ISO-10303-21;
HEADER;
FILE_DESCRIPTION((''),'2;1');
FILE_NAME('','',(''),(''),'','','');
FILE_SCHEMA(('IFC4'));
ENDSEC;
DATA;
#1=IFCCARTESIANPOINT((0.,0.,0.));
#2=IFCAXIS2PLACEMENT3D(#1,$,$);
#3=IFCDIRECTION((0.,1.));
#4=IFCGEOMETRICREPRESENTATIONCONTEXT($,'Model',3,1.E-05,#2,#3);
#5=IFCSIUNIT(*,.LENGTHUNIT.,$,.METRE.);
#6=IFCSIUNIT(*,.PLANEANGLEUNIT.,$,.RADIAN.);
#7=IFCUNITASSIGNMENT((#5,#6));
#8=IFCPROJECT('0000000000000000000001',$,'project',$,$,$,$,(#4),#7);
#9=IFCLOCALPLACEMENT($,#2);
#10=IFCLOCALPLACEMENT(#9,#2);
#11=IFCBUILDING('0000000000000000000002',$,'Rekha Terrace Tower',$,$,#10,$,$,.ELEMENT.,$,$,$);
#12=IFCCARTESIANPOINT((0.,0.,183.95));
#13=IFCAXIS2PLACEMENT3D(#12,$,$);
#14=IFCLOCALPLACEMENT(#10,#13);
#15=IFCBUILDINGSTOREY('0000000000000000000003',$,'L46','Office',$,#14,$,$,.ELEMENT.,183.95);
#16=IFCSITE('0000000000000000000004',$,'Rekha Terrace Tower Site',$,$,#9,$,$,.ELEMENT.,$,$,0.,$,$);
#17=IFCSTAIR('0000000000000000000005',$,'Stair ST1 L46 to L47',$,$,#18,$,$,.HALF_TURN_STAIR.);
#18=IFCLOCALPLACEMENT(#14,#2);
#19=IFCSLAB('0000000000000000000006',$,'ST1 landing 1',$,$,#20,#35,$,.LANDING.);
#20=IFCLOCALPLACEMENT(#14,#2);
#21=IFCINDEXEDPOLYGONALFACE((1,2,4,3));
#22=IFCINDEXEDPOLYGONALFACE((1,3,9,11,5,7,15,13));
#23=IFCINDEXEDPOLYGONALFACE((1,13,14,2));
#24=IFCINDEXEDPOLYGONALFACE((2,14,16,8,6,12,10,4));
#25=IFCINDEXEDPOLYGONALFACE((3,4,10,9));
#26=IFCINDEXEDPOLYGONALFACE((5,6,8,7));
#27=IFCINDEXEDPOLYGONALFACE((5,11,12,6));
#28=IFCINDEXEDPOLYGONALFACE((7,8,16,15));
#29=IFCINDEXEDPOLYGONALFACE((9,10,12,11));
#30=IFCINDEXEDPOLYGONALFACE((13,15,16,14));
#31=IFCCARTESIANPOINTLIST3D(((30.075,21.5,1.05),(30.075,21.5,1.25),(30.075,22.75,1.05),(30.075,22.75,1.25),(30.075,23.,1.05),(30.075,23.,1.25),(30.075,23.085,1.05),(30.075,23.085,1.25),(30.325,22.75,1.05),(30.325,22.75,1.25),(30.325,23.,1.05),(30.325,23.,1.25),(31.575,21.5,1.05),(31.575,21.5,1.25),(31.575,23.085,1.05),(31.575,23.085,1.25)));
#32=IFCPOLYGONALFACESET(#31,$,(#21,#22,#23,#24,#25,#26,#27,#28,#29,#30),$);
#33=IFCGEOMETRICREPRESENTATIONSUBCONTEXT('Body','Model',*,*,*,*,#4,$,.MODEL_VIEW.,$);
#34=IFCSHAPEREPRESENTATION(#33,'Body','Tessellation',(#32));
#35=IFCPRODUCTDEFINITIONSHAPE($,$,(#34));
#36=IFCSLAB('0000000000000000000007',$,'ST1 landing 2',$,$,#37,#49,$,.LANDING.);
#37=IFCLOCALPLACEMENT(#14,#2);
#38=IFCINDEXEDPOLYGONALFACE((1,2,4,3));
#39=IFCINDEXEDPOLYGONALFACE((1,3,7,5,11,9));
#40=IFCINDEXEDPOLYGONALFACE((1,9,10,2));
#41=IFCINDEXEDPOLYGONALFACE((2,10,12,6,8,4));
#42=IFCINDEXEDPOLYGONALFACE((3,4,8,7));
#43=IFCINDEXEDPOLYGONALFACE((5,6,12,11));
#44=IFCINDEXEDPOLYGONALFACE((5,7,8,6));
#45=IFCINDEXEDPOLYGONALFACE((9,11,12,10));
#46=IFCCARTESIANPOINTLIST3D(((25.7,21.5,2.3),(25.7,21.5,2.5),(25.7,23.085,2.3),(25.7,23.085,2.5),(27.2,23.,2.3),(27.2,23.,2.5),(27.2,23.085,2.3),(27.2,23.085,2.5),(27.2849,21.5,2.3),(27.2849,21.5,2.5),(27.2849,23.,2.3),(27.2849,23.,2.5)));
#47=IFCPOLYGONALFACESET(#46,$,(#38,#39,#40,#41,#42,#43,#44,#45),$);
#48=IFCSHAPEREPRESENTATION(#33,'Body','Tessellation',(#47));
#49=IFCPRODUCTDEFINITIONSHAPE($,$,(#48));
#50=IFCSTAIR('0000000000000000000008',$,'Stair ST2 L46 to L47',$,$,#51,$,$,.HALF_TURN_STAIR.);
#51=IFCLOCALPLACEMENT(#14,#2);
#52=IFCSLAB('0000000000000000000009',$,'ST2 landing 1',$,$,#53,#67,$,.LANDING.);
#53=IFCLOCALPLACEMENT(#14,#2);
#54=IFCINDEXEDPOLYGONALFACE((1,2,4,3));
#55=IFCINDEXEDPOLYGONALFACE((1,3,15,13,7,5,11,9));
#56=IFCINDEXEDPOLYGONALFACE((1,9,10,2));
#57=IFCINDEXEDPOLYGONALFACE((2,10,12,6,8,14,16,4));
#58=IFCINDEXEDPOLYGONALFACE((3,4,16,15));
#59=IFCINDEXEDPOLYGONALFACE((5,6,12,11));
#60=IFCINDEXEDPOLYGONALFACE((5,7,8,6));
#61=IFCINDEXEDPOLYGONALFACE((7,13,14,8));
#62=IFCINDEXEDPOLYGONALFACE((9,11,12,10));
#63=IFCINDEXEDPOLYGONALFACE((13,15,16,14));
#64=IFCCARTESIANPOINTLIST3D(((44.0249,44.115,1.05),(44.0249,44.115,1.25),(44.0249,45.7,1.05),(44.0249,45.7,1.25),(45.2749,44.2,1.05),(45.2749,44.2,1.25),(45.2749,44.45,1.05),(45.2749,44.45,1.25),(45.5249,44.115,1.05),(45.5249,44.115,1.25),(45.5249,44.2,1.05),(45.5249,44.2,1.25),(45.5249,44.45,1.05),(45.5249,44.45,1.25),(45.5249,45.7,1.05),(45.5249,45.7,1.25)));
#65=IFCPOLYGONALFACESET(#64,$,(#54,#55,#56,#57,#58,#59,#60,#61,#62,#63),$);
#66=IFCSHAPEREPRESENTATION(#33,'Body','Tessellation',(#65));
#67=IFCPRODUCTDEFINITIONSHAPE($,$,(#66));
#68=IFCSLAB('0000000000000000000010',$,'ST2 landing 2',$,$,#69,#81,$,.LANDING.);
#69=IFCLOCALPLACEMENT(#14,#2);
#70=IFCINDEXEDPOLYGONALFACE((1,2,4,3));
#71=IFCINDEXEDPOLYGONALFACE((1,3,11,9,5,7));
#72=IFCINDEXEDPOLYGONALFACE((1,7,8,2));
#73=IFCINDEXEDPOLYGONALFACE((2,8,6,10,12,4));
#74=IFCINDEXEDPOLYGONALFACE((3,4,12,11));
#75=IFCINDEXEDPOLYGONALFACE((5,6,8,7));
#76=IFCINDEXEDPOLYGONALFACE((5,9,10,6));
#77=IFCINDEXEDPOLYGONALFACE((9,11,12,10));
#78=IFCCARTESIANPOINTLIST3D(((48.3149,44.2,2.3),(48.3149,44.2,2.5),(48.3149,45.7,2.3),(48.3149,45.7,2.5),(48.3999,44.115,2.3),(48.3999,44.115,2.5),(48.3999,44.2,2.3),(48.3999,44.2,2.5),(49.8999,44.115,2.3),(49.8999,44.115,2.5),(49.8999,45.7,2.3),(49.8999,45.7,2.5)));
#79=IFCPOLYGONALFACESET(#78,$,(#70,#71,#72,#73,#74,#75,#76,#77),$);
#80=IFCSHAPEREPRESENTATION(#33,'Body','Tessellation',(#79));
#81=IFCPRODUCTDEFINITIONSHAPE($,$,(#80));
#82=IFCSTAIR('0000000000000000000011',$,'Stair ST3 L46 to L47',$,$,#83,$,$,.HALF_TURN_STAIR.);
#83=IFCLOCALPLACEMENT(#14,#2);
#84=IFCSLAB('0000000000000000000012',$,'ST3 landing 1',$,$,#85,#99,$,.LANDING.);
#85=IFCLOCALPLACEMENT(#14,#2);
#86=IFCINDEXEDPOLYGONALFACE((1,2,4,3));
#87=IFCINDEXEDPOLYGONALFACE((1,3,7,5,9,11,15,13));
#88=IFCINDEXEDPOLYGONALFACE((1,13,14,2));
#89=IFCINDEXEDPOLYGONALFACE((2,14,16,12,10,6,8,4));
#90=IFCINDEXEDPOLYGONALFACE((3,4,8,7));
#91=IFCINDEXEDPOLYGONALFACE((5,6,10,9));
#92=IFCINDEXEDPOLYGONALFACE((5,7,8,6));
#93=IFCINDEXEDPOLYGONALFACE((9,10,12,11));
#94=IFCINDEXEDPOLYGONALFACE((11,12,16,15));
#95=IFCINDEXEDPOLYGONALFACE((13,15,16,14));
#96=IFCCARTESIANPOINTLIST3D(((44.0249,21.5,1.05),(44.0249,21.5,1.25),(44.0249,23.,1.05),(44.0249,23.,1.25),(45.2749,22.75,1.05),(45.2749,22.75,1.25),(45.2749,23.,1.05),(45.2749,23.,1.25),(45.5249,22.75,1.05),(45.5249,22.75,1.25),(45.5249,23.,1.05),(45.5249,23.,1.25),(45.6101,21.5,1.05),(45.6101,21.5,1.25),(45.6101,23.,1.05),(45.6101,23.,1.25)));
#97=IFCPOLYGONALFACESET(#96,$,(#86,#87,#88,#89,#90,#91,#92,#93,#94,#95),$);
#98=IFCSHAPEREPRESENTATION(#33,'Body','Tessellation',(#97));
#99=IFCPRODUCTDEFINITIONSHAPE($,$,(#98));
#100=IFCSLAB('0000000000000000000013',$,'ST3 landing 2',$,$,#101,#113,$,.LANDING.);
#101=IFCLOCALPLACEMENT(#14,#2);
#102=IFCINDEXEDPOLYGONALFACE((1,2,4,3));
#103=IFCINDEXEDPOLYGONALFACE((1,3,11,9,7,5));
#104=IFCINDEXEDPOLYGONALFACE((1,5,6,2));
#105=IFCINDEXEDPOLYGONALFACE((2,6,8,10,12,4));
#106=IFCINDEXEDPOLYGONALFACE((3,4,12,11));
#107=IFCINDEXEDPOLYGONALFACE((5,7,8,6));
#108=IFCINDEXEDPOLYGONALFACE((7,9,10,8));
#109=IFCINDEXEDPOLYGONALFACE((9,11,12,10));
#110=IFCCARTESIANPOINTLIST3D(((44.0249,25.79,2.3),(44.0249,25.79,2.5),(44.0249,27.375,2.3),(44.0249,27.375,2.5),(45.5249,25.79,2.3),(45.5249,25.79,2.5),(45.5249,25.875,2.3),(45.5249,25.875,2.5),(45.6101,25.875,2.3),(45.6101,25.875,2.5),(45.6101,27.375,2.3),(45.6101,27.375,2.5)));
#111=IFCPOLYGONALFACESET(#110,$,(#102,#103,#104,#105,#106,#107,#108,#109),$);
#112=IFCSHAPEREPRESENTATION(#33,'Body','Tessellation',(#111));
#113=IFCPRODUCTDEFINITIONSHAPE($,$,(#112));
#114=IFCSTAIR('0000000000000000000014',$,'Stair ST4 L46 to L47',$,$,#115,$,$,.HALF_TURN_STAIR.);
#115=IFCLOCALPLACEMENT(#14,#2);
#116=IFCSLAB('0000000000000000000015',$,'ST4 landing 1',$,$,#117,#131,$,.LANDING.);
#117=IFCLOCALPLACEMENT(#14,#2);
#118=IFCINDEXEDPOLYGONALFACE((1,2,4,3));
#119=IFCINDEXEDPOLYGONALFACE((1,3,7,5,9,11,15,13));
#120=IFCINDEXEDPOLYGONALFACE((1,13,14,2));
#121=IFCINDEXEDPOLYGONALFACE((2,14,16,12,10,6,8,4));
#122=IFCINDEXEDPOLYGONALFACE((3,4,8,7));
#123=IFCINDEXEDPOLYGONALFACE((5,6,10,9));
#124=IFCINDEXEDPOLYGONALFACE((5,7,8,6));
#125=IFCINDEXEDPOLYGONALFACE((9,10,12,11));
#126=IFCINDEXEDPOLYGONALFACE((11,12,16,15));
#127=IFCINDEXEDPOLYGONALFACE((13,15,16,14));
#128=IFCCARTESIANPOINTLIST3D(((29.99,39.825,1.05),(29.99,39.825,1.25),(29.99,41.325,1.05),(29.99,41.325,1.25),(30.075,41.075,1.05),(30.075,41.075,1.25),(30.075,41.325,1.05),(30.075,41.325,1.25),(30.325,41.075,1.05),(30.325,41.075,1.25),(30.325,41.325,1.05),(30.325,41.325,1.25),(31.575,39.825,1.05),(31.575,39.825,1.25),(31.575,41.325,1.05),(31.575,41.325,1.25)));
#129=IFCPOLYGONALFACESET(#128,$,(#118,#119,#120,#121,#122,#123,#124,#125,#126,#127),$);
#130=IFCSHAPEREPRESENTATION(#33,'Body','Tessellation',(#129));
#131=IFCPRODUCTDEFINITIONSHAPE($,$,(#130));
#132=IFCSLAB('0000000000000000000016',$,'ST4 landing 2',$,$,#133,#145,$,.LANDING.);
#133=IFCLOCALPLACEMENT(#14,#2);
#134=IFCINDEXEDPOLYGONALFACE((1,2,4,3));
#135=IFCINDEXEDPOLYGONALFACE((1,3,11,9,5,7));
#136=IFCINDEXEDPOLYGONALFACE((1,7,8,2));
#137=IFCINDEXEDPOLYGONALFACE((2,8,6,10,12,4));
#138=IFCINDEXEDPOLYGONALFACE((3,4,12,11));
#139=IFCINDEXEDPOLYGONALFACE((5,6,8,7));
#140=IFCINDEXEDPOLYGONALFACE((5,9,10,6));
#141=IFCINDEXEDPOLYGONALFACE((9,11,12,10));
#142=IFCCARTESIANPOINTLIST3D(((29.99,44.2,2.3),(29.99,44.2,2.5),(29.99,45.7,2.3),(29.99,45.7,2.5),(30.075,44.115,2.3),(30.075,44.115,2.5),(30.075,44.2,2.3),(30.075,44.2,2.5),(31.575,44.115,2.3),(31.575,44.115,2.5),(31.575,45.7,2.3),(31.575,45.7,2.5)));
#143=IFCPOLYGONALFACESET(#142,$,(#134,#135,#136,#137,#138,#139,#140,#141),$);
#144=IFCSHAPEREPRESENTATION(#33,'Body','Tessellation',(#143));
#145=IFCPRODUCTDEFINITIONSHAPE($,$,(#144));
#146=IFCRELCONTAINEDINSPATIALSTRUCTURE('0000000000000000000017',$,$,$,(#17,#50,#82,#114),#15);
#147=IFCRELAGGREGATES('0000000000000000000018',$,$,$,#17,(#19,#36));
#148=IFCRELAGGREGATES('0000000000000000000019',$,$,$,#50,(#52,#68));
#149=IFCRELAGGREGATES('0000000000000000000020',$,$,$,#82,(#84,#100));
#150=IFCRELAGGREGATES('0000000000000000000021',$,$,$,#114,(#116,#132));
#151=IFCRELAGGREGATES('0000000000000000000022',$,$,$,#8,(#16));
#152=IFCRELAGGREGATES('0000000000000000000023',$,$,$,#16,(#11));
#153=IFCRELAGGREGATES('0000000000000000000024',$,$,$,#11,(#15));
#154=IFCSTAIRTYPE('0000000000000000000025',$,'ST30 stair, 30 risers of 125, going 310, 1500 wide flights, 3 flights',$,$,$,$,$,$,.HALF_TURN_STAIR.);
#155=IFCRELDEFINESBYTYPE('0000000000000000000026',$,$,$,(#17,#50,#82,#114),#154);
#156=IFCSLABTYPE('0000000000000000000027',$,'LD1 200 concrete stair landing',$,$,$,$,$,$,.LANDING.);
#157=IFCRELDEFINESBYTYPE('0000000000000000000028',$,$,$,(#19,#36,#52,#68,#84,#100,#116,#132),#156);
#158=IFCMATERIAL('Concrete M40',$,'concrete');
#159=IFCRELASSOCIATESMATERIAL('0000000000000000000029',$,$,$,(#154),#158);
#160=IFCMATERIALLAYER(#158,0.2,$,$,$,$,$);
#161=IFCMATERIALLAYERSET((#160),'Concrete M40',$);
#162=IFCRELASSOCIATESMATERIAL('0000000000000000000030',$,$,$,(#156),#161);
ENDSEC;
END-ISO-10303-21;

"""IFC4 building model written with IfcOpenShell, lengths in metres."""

from ifc_helpers import new_model, si_unit, direction, frame, origin, place, context, subcontext, project, spatial, polyline, outline, extrude, material, layer, layer_set, type_object, element, aggregate, save


model = new_model("IFC4")

# Units and contexts
model_context = context("Model", 3, precision=1e-05, world=origin(), true_north=direction((0.0, 1.0)))
body_context = subcontext(model_context, "Body", "Model", "MODEL_VIEW")
ifc_project = project(units=[si_unit("LENGTHUNIT", "METRE"), si_unit("PLANEANGLEUNIT", "RADIAN")], contexts=[model_context])

# Site, building, storey
site_placement = place(None, origin())
site = spatial("IfcSite", under=ifc_project, at=site_placement, Name="Rekha Terrace Tower Site", CompositionType="ELEMENT", RefElevation=0.0)
building_placement = place(site_placement, origin())
building = spatial("IfcBuilding", under=site, at=building_placement, Name="Rekha Terrace Tower", CompositionType="ELEMENT")
storey_placement = place(building_placement, frame((0.0, 0.0, 183.95)))
storey = spatial("IfcBuildingStorey", under=building, at=storey_placement, Name="L46", Description="Office", CompositionType="ELEMENT", Elevation=183.95)

# Stairs, slabs
ifc_material_1 = material(Name="Concrete M40", Category="concrete")
stair_type = type_object("IfcStairType", Name="ST30 stair, 30 risers of 125, going 310, 1500 wide flights, 3 flights", PredefinedType="HALF_TURN_STAIR", material=ifc_material_1)
stair_1_placement = place(storey_placement, origin())
stair_1 = element("IfcStair", 1, at=stair_1_placement, inside=storey, type_object=stair_type, Name="Stair ST1 L46 to L47", PredefinedType="HALF_TURN_STAIR")
ifc_layer_1 = layer(ifc_material_1, 0.2)
ifc_layer_set_1 = layer_set([ifc_layer_1], Name="Concrete M40")
slab_type_1 = type_object("IfcSlabType", Name="LD1 200 concrete stair landing", PredefinedType="LANDING", material=ifc_layer_set_1)
slab_1_placement = place(storey_placement, frame((0.0, 0.0, 1.05)))
slab_1 = element("IfcSlab", 2, at=slab_1_placement, type_object=slab_type_1, Name="ST1 landing 1", PredefinedType="LANDING", context=body_context, shape_type="SweptSolid", body=[
    extrude(outline(polyline([(30.075, 21.5), (31.575, 21.5), (31.575, 23.085), (30.075, 23.085), (30.075, 23.0), (30.325, 23.0), (30.325, 22.75), (30.075, 22.75), (30.075, 21.5)])), origin(), (0.0, 0.0, 1.0), 0.2),
])
slab_2_placement = place(storey_placement, frame((0.0, 0.0, 2.3)))
slab_2 = element("IfcSlab", 3, at=slab_2_placement, type_object=slab_type_1, Name="ST1 landing 2", PredefinedType="LANDING", context=body_context, shape_type="SweptSolid", body=[
    extrude(outline(polyline([(27.2, 23.085), (25.7, 23.085), (25.7, 21.5), (27.2849, 21.5), (27.2849, 23.0), (27.2, 23.0), (27.2, 23.085)])), origin(), (0.0, 0.0, 1.0), 0.2),
])
aggregate(stair_1, [slab_1, slab_2])
stair_2_placement = place(storey_placement, origin())
stair_2 = element("IfcStair", 4, at=stair_2_placement, inside=storey, type_object=stair_type, Name="Stair ST2 L46 to L47", PredefinedType="HALF_TURN_STAIR")
slab_3_placement = place(storey_placement, frame((0.0, 0.0, 1.05)))
slab_3 = element("IfcSlab", 5, at=slab_3_placement, type_object=slab_type_1, Name="ST2 landing 1", PredefinedType="LANDING", context=body_context, shape_type="SweptSolid", body=[
    extrude(outline(polyline([(45.5249, 45.7), (44.0249, 45.7), (44.0249, 44.115), (45.5249, 44.115), (45.5249, 44.2), (45.2749, 44.2), (45.2749, 44.45), (45.5249, 44.45), (45.5249, 45.7)])), origin(), (0.0, 0.0, 1.0), 0.2),
])
slab_4_placement = place(storey_placement, frame((0.0, 0.0, 2.3)))
slab_4 = element("IfcSlab", 6, at=slab_4_placement, type_object=slab_type_1, Name="ST2 landing 2", PredefinedType="LANDING", context=body_context, shape_type="SweptSolid", body=[
    extrude(outline(polyline([(48.3999, 44.115), (49.8999, 44.115), (49.8999, 45.7), (48.3149, 45.7), (48.3149, 44.2), (48.3999, 44.2), (48.3999, 44.115)])), origin(), (0.0, 0.0, 1.0), 0.2),
])
aggregate(stair_2, [slab_3, slab_4])
stair_3_placement = place(storey_placement, origin())
stair_3 = element("IfcStair", 7, at=stair_3_placement, inside=storey, type_object=stair_type, Name="Stair ST3 L46 to L47", PredefinedType="HALF_TURN_STAIR")
slab_5_placement = place(storey_placement, frame((0.0, 0.0, 1.05)))
slab_5 = element("IfcSlab", 8, at=slab_5_placement, type_object=slab_type_1, Name="ST3 landing 1", PredefinedType="LANDING", context=body_context, shape_type="SweptSolid", body=[
    extrude(outline(polyline([(44.0249, 23.0), (44.0249, 21.5), (45.6101, 21.5), (45.6101, 23.0), (45.5249, 23.0), (45.5249, 22.75), (45.2749, 22.75), (45.2749, 23.0), (44.0249, 23.0)])), origin(), (0.0, 0.0, 1.0), 0.2),
])
slab_6_placement = place(storey_placement, frame((0.0, 0.0, 2.3)))
slab_6 = element("IfcSlab", 9, at=slab_6_placement, type_object=slab_type_1, Name="ST3 landing 2", PredefinedType="LANDING", context=body_context, shape_type="SweptSolid", body=[
    extrude(outline(polyline([(45.6101, 25.875), (45.6101, 27.375), (44.0249, 27.375), (44.0249, 25.79), (45.5249, 25.79), (45.5249, 25.875), (45.6101, 25.875)])), origin(), (0.0, 0.0, 1.0), 0.2),
])
aggregate(stair_3, [slab_5, slab_6])
stair_4_placement = place(storey_placement, origin())
stair_4 = element("IfcStair", 10, at=stair_4_placement, inside=storey, type_object=stair_type, Name="Stair ST4 L46 to L47", PredefinedType="HALF_TURN_STAIR")
slab_7_placement = place(storey_placement, frame((0.0, 0.0, 1.05)))
slab_7 = element("IfcSlab", 11, at=slab_7_placement, type_object=slab_type_1, Name="ST4 landing 1", PredefinedType="LANDING", context=body_context, shape_type="SweptSolid", body=[
    extrude(outline(polyline([(31.575, 41.325), (31.575, 39.825), (29.99, 39.825), (29.99, 41.325), (30.075, 41.325), (30.075, 41.075), (30.325, 41.075), (30.325, 41.325), (31.575, 41.325)])), origin(), (0.0, 0.0, 1.0), 0.2),
])
slab_8_placement = place(storey_placement, frame((0.0, 0.0, 2.3)))
slab_8 = element("IfcSlab", 12, at=slab_8_placement, type_object=slab_type_1, Name="ST4 landing 2", PredefinedType="LANDING", context=body_context, shape_type="SweptSolid", body=[
    extrude(outline(polyline([(29.99, 44.2), (29.99, 45.7), (31.575, 45.7), (31.575, 44.115), (30.075, 44.115), (30.075, 44.2), (29.99, 44.2)])), origin(), (0.0, 0.0, 1.0), 0.2),
])
aggregate(stair_4, [slab_7, slab_8])

save(model, "model.ifc")
